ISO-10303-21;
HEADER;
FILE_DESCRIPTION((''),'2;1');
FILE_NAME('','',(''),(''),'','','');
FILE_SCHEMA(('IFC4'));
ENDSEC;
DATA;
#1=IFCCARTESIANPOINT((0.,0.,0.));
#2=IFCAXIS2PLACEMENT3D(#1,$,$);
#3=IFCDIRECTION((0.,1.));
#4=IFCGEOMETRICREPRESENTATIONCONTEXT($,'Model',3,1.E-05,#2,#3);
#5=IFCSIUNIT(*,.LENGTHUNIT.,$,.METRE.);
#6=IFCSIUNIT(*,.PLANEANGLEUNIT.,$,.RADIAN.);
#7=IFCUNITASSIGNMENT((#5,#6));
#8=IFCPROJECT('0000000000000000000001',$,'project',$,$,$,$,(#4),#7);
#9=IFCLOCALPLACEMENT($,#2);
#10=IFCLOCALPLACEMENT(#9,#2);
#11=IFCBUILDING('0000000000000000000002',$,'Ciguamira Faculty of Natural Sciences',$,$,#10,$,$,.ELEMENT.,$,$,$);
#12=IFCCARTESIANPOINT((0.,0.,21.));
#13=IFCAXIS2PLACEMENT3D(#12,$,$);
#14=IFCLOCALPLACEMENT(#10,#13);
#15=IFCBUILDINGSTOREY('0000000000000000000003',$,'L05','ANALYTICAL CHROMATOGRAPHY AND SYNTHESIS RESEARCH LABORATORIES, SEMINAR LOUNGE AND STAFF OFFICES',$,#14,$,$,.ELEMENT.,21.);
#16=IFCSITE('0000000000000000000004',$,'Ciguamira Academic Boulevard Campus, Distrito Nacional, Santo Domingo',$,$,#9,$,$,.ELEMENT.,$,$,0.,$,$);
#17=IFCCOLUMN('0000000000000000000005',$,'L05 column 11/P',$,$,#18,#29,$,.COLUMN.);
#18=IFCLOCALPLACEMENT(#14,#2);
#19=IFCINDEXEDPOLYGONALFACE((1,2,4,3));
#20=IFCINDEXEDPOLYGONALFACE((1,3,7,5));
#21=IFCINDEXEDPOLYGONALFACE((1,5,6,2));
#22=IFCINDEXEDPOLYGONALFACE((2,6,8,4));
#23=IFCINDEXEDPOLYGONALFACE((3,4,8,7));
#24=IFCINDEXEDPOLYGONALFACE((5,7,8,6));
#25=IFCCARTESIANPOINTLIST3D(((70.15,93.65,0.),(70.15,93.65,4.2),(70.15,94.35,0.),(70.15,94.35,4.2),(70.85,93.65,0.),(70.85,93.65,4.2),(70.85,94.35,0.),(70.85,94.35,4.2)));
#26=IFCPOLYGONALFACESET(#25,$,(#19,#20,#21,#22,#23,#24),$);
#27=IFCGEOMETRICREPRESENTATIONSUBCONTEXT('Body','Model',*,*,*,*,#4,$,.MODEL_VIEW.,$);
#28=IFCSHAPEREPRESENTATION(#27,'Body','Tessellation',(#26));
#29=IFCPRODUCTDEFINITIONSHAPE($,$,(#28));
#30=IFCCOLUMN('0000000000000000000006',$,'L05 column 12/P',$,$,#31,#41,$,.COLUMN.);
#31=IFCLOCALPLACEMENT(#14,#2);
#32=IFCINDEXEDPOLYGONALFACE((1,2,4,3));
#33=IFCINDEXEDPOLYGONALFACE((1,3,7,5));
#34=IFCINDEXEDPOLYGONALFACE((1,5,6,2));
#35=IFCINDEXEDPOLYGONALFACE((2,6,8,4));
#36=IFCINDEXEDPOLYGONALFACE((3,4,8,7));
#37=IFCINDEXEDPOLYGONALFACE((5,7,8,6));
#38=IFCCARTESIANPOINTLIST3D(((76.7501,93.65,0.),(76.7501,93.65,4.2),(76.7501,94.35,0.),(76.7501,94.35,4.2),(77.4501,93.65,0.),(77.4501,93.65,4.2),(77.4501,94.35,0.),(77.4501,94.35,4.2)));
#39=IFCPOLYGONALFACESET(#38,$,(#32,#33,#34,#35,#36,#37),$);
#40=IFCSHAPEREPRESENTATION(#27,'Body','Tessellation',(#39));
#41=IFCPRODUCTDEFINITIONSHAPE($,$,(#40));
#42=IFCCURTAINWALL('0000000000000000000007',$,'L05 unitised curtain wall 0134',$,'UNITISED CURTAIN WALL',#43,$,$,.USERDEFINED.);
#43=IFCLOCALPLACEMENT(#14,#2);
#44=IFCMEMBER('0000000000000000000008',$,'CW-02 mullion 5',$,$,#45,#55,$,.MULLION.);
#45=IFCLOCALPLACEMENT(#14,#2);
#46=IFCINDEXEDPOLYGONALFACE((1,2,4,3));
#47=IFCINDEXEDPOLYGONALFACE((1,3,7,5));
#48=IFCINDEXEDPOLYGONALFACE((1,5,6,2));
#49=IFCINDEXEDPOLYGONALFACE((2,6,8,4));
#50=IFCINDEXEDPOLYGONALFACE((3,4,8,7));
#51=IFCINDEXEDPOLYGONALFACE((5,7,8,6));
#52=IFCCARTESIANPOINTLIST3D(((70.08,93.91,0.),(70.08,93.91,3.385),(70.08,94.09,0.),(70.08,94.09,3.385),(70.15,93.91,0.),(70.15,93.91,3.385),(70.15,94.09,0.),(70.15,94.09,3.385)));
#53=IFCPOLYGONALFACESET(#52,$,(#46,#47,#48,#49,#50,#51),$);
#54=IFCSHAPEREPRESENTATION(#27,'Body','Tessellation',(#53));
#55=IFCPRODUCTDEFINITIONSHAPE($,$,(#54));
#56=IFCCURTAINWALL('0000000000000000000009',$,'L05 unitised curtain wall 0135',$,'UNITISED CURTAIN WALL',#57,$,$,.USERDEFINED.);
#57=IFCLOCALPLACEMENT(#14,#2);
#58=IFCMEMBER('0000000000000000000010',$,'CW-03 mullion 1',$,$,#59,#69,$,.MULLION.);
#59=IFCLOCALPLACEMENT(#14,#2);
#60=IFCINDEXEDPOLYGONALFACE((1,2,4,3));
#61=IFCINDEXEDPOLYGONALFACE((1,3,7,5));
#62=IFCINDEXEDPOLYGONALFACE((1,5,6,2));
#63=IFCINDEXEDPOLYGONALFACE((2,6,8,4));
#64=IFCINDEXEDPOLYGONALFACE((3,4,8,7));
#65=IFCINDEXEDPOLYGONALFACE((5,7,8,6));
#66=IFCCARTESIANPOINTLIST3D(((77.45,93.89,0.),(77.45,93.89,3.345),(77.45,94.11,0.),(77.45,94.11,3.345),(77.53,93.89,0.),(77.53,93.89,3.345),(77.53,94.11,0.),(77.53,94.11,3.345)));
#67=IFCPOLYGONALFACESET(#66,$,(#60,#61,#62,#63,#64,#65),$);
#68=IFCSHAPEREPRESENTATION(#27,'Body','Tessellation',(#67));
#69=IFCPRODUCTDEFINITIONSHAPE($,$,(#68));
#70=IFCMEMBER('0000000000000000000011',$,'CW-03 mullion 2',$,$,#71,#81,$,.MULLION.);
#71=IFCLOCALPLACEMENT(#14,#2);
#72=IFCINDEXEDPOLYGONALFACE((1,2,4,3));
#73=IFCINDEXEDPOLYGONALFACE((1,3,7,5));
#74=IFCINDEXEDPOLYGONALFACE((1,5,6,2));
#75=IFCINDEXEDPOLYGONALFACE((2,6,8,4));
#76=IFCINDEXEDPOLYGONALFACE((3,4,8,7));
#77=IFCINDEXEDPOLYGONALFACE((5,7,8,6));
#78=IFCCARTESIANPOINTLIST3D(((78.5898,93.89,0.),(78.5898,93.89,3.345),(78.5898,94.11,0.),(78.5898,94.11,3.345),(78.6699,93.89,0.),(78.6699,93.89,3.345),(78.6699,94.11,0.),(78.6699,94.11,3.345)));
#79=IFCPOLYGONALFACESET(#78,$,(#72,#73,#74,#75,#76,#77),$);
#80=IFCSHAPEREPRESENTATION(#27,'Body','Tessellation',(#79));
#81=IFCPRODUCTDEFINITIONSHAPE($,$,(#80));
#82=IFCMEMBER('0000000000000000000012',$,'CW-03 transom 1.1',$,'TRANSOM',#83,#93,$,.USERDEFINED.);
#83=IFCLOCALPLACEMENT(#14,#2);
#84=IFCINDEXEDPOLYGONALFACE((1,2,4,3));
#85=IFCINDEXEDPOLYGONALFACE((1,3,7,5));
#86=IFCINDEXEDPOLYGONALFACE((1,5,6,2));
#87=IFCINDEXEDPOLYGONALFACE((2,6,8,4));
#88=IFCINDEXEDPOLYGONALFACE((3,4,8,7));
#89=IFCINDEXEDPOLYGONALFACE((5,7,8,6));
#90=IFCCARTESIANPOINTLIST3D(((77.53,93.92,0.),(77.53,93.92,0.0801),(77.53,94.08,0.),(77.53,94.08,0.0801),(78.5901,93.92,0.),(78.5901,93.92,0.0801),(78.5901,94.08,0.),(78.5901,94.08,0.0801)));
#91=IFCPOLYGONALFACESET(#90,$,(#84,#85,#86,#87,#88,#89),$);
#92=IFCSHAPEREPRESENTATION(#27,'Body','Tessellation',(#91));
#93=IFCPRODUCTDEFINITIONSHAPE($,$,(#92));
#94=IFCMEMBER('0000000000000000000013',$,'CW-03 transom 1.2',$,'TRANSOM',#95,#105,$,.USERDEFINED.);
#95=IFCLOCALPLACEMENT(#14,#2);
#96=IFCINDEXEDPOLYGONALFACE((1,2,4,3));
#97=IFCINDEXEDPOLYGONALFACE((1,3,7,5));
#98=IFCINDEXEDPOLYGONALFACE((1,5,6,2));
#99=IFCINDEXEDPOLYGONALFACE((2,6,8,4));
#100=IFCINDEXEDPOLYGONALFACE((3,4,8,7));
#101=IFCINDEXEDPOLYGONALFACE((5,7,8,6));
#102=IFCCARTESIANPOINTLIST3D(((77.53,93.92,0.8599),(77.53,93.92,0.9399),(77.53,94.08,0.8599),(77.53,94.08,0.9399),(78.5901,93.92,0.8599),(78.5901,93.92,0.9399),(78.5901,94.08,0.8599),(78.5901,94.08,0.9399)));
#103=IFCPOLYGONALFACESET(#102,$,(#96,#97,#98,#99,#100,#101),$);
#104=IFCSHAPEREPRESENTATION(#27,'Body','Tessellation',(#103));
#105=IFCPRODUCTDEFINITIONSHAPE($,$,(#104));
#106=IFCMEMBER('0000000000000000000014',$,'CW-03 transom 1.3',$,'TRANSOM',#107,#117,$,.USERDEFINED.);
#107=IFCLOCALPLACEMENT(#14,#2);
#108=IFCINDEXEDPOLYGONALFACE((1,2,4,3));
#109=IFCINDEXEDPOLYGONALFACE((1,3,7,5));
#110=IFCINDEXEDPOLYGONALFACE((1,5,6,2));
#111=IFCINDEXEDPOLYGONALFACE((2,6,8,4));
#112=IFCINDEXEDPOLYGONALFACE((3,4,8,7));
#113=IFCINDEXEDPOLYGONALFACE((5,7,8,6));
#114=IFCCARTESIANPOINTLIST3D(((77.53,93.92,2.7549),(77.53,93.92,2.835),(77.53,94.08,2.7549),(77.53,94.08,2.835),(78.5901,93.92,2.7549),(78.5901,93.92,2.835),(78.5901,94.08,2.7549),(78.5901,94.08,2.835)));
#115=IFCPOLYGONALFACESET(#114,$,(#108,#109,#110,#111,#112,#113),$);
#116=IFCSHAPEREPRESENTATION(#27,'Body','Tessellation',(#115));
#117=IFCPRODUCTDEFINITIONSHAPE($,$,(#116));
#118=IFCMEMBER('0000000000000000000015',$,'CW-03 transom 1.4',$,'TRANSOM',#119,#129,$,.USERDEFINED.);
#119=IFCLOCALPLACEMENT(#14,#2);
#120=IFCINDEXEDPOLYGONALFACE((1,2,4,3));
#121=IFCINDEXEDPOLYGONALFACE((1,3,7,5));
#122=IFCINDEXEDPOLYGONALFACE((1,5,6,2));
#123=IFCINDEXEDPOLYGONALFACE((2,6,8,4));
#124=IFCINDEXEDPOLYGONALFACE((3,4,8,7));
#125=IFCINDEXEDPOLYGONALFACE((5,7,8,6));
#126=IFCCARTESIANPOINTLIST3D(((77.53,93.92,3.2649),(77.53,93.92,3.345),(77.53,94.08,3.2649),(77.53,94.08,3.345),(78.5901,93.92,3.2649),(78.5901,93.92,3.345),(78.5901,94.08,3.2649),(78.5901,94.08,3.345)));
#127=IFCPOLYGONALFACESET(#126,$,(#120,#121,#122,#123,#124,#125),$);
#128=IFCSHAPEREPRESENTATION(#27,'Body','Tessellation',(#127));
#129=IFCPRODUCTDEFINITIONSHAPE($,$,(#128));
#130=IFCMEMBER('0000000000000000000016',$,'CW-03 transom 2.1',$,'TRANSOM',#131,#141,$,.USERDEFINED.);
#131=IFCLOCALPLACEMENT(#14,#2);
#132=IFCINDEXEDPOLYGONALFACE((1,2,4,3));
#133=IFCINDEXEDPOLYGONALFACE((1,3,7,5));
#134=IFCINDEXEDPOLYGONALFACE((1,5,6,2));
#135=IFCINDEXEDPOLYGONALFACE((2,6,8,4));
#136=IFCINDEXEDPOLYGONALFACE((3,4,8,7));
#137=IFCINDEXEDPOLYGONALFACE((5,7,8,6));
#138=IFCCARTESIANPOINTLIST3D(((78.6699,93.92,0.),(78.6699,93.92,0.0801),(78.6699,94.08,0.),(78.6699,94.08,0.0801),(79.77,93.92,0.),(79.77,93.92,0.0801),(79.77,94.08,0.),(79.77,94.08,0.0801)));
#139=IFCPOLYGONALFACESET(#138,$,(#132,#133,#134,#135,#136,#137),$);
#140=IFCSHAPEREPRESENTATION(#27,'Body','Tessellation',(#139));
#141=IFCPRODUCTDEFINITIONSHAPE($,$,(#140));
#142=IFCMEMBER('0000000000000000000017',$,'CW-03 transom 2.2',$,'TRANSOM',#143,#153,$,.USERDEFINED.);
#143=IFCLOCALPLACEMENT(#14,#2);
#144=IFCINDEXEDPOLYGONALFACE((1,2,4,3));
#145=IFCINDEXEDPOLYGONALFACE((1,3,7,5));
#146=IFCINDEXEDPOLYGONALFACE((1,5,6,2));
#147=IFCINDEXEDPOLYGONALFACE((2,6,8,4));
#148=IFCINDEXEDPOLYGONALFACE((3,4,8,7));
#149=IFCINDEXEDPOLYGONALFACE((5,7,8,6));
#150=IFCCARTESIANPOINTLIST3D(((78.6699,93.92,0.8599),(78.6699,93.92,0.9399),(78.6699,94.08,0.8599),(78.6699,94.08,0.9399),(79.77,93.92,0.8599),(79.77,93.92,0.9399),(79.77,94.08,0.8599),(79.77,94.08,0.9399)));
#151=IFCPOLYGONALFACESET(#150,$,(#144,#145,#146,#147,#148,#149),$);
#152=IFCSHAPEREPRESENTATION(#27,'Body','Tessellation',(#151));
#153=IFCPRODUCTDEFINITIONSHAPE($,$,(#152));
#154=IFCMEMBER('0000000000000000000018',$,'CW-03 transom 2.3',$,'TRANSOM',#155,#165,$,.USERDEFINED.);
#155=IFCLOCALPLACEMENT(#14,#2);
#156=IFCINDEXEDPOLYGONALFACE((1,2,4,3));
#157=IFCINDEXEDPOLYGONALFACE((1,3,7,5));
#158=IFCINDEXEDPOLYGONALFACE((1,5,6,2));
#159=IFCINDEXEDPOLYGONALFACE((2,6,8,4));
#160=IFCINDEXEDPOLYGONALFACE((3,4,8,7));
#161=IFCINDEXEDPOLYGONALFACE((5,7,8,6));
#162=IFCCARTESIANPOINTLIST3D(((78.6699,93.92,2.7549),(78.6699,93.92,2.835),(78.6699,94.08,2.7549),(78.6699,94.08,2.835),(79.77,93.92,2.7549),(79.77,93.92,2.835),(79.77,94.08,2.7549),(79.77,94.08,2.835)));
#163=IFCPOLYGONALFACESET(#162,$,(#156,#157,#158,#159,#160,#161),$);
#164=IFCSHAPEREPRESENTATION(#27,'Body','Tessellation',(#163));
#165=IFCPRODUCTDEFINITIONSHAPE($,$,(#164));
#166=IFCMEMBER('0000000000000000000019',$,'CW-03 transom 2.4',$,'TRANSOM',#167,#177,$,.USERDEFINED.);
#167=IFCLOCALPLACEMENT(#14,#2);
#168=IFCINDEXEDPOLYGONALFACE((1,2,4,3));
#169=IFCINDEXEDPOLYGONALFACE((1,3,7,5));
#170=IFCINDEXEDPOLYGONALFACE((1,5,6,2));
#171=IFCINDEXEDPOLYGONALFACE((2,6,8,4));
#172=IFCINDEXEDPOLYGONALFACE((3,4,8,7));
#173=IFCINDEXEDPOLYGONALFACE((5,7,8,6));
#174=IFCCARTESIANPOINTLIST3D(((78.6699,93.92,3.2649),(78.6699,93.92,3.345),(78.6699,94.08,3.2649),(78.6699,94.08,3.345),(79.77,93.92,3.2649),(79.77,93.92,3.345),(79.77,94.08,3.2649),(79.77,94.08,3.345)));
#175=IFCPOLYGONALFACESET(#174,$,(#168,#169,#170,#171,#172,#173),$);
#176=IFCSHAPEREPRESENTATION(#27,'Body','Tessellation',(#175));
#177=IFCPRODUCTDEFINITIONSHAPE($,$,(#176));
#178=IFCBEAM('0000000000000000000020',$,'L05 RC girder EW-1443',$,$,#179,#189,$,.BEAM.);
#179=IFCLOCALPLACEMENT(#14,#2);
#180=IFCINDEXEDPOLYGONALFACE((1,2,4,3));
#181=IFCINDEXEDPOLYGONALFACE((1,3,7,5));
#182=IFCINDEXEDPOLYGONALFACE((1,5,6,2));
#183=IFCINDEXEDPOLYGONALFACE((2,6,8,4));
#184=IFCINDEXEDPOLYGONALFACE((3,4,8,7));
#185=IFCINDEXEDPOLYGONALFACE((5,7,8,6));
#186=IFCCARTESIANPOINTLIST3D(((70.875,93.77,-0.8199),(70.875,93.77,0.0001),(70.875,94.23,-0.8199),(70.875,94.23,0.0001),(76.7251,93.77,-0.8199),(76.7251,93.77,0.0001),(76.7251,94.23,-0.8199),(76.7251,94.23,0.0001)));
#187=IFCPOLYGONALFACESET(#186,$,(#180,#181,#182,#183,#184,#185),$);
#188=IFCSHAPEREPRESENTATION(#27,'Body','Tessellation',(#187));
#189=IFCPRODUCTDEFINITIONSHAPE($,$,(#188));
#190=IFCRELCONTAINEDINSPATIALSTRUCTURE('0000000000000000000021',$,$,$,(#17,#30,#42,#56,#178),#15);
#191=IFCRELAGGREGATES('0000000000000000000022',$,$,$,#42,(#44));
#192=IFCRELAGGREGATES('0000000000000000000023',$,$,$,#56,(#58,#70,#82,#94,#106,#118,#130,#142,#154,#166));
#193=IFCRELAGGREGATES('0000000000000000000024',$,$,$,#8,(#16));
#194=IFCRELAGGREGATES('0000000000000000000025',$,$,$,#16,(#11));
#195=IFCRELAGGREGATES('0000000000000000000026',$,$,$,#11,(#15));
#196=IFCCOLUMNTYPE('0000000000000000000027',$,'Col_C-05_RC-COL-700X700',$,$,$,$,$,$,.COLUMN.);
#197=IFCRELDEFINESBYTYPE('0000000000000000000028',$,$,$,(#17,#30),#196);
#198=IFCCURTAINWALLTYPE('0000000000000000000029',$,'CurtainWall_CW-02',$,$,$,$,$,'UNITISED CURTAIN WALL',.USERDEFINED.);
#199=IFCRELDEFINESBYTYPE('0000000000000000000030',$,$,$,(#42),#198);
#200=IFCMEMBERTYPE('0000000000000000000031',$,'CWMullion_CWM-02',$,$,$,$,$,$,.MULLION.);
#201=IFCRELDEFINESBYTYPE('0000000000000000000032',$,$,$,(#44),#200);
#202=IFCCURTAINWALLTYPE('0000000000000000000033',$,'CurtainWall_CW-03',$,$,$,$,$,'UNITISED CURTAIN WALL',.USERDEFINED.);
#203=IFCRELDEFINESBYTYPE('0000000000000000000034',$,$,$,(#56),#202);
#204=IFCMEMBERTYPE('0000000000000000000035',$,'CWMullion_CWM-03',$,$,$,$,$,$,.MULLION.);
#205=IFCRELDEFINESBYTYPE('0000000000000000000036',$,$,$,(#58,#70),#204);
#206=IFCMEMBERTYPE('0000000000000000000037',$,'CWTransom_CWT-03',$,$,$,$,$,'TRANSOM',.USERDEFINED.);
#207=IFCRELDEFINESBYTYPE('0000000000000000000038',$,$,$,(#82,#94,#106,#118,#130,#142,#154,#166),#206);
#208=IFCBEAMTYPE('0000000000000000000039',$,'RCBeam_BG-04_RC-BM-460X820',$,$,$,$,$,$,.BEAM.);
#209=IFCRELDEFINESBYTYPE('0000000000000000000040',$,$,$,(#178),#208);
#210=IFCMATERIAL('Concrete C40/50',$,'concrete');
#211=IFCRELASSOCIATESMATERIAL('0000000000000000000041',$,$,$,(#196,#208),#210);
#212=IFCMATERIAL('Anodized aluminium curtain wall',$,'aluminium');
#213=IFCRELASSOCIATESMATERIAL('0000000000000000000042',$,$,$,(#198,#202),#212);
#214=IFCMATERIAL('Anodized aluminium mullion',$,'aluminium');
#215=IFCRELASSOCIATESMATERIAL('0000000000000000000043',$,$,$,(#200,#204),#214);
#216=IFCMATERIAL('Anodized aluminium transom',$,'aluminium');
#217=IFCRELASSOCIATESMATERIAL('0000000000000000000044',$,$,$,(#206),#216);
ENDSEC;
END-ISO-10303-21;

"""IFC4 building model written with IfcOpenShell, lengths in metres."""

from ifc_helpers import new_model, si_unit, direction, frame, origin, origin_2d, place, context, subcontext, project, spatial, rectangle, extrude, material, material_profile, profile_set, type_object, element, aggregate, save


model = new_model("IFC4")

# Units and contexts
model_context = context("Model", 3, precision=1e-05, world=origin(), true_north=direction((0.0, 1.0)))
body_context = subcontext(model_context, "Body", "Model", "MODEL_VIEW")
ifc_project = project(units=[si_unit("LENGTHUNIT", "METRE"), si_unit("PLANEANGLEUNIT", "RADIAN")], contexts=[model_context])

# Site, building, storey
site_placement = place(None, origin())
site = spatial("IfcSite", under=ifc_project, at=site_placement, Name="Ciguamira Academic Boulevard Campus, Distrito Nacional, Santo Domingo", CompositionType="ELEMENT", RefElevation=0.0)
building_placement = place(site_placement, origin())
building = spatial("IfcBuilding", under=site, at=building_placement, Name="Ciguamira Faculty of Natural Sciences", CompositionType="ELEMENT")
storey_placement = place(building_placement, frame((0.0, 0.0, 21.0)))
storey = spatial("IfcBuildingStorey", under=building, at=storey_placement, Name="L05", Description="ANALYTICAL CHROMATOGRAPHY AND SYNTHESIS RESEARCH LABORATORIES, SEMINAR LOUNGE AND STAFF OFFICES", CompositionType="ELEMENT", Elevation=21.0)

# Columns
ifc_material_1 = material(Name="Concrete C40/50", Category="concrete")
ifc_material_profile_1 = material_profile(ifc_material_1, rectangle(XDim=0.7, YDim=0.7, at=origin_2d()), Name="RC-COL-700X700")
ifc_profile_set_1 = profile_set([ifc_material_profile_1], Name="Concrete C40/50")
column_type = type_object("IfcColumnType", Name="Col_C-05_RC-COL-700X700", PredefinedType="COLUMN", material=ifc_profile_set_1)
for number, where, z_axis, x_axis, name in (
    (1, (70.5, 94.0, 0.0), (0.0, 0.0, 1.0), (1.0, 0.0, 0.0), "L05 column 11/P"),
    (2, (77.1001, 94.0, 0.0), (0.0, 0.0, 1.0), (1.0, 0.0, 0.0), "L05 column 12/P"),
):
    element("IfcColumn", number, at=place(storey_placement, frame(where, z_axis=z_axis, x_axis=x_axis)), inside=storey, type_object=column_type, Name=name, PredefinedType="COLUMN", context=body_context, shape_type="SweptSolid", body=[
        extrude(rectangle(XDim=0.7, YDim=0.7, at=origin_2d()), origin(), (0.0, 0.0, 1.0), 4.2),
    ])

# Curtain wall, member
ifc_material_2 = material(Name="Anodized aluminium curtain wall", Category="aluminium")
curtain_wall_type_1 = type_object("IfcCurtainWallType", Name="CurtainWall_CW-02", ElementType="UNITISED CURTAIN WALL", PredefinedType="USERDEFINED", material=ifc_material_2)
curtain_wall_1_placement = place(storey_placement, origin())
curtain_wall_1 = element("IfcCurtainWall", 3, at=curtain_wall_1_placement, inside=storey, type_object=curtain_wall_type_1, Name="L05 unitised curtain wall 0134", ObjectType="UNITISED CURTAIN WALL", PredefinedType="USERDEFINED")
ifc_material_3 = material(Name="Anodized aluminium mullion", Category="aluminium")
ifc_material_profile_2 = material_profile(ifc_material_3, rectangle(XDim=0.0701, YDim=0.1799, at=origin_2d()), Name="ALU-MUL-70X180")
ifc_profile_set_2 = profile_set([ifc_material_profile_2], Name="Anodized aluminium mullion")
member_type_1 = type_object("IfcMemberType", Name="CWMullion_CWM-02", PredefinedType="MULLION", material=ifc_profile_set_2)
member_1_placement = place(storey_placement, frame((70.115, 94.0, 0.0), z_axis=(0.0, 0.0, 1.0), x_axis=(1.0, 0.0, 0.0)))
member_1 = element("IfcMember", 4, at=member_1_placement, type_object=member_type_1, Name="CW-02 mullion 5", PredefinedType="MULLION", context=body_context, shape_type="SweptSolid", body=[
    extrude(rectangle(XDim=0.0701, YDim=0.1799, at=origin_2d()), origin(), (0.0, 0.0, 1.0), 3.385),
])
aggregate(curtain_wall_1, [member_1])

# Curtain wall, members
curtain_wall_type_2 = type_object("IfcCurtainWallType", Name="CurtainWall_CW-03", ElementType="UNITISED CURTAIN WALL", PredefinedType="USERDEFINED", material=ifc_material_2)
curtain_wall_2_placement = place(storey_placement, origin())
curtain_wall_2 = element("IfcCurtainWall", 5, at=curtain_wall_2_placement, inside=storey, type_object=curtain_wall_type_2, Name="L05 unitised curtain wall 0135", ObjectType="UNITISED CURTAIN WALL", PredefinedType="USERDEFINED")
ifc_material_profile_3 = material_profile(ifc_material_3, rectangle(XDim=0.0801, YDim=0.22, at=origin_2d()), Name="ALU-MUL-80X220")
ifc_profile_set_3 = profile_set([ifc_material_profile_3], Name="Anodized aluminium mullion")
member_type_2 = type_object("IfcMemberType", Name="CWMullion_CWM-03", PredefinedType="MULLION", material=ifc_profile_set_3)
member_2_placement = place(storey_placement, frame((77.49, 94.0, 0.0), z_axis=(0.0, 0.0, 1.0), x_axis=(1.0, 0.0, 0.0)))
member_2 = element("IfcMember", 6, at=member_2_placement, type_object=member_type_2, Name="CW-03 mullion 1", PredefinedType="MULLION", context=body_context, shape_type="SweptSolid", body=[
    extrude(rectangle(XDim=0.0801, YDim=0.22, at=origin_2d()), origin(), (0.0, 0.0, 1.0), 3.345),
])
member_3_placement = place(storey_placement, frame((78.6299, 94.0, 0.0), z_axis=(0.0, 0.0, 1.0), x_axis=(1.0, 0.0, 0.0)))
member_3 = element("IfcMember", 7, at=member_3_placement, type_object=member_type_2, Name="CW-03 mullion 2", PredefinedType="MULLION", context=body_context, shape_type="SweptSolid", body=[
    extrude(rectangle(XDim=0.0801, YDim=0.22, at=origin_2d()), origin(), (0.0, 0.0, 1.0), 3.345),
])
ifc_material_4 = material(Name="Anodized aluminium transom", Category="aluminium")
ifc_material_profile_4 = material_profile(ifc_material_4, rectangle(XDim=0.0801, YDim=0.1599, at=origin_2d()), Name="ALU-TRN-80X160")
ifc_profile_set_4 = profile_set([ifc_material_profile_4], Name="Anodized aluminium transom")
member_type_3 = type_object("IfcMemberType", Name="CWTransom_CWT-03", ElementType="TRANSOM", PredefinedType="USERDEFINED", material=ifc_profile_set_4)
member_4_placement = place(storey_placement, frame((77.53, 94.0, 0.04), z_axis=(1.0, 0.0, 0.0), x_axis=(0.0, 0.0, 1.0)))
member_4 = element("IfcMember", 8, at=member_4_placement, type_object=member_type_3, Name="CW-03 transom 1.1", ObjectType="TRANSOM", PredefinedType="USERDEFINED", context=body_context, shape_type="SweptSolid", body=[
    extrude(rectangle(XDim=0.0801, YDim=0.1599, at=origin_2d()), origin(), (0.0, 0.0, 1.0), 1.0601),
])
member_5_placement = place(storey_placement, frame((77.53, 94.0, 0.8999), z_axis=(1.0, 0.0, 0.0), x_axis=(0.0, 0.0, 1.0)))
member_5 = element("IfcMember", 9, at=member_5_placement, type_object=member_type_3, Name="CW-03 transom 1.2", ObjectType="TRANSOM", PredefinedType="USERDEFINED", context=body_context, shape_type="SweptSolid", body=[
    extrude(rectangle(XDim=0.0801, YDim=0.1599, at=origin_2d()), origin(), (0.0, 0.0, 1.0), 1.0601),
])
member_6_placement = place(storey_placement, frame((77.53, 94.0, 2.7949), z_axis=(1.0, 0.0, 0.0), x_axis=(0.0, 0.0, 1.0)))
member_6 = element("IfcMember", 10, at=member_6_placement, type_object=member_type_3, Name="CW-03 transom 1.3", ObjectType="TRANSOM", PredefinedType="USERDEFINED", context=body_context, shape_type="SweptSolid", body=[
    extrude(rectangle(XDim=0.0801, YDim=0.1599, at=origin_2d()), origin(), (0.0, 0.0, 1.0), 1.0601),
])
member_7_placement = place(storey_placement, frame((77.53, 94.0, 3.3049), z_axis=(1.0, 0.0, 0.0), x_axis=(0.0, 0.0, 1.0)))
member_7 = element("IfcMember", 11, at=member_7_placement, type_object=member_type_3, Name="CW-03 transom 1.4", ObjectType="TRANSOM", PredefinedType="USERDEFINED", context=body_context, shape_type="SweptSolid", body=[
    extrude(rectangle(XDim=0.0801, YDim=0.1599, at=origin_2d()), origin(), (0.0, 0.0, 1.0), 1.0601),
])
member_8_placement = place(storey_placement, frame((78.6699, 94.0, 0.04), z_axis=(1.0, 0.0, 0.0), x_axis=(0.0, 0.0, 1.0)))
member_8 = element("IfcMember", 12, at=member_8_placement, type_object=member_type_3, Name="CW-03 transom 2.1", ObjectType="TRANSOM", PredefinedType="USERDEFINED", context=body_context, shape_type="SweptSolid", body=[
    extrude(rectangle(XDim=0.0801, YDim=0.1599, at=origin_2d()), origin(), (0.0, 0.0, 1.0), 1.1001),
])
member_9_placement = place(storey_placement, frame((78.6699, 94.0, 0.8999), z_axis=(1.0, 0.0, 0.0), x_axis=(0.0, 0.0, 1.0)))
member_9 = element("IfcMember", 13, at=member_9_placement, type_object=member_type_3, Name="CW-03 transom 2.2", ObjectType="TRANSOM", PredefinedType="USERDEFINED", context=body_context, shape_type="SweptSolid", body=[
    extrude(rectangle(XDim=0.0801, YDim=0.1599, at=origin_2d()), origin(), (0.0, 0.0, 1.0), 1.1001),
])
member_10_placement = place(storey_placement, frame((78.6699, 94.0, 2.7949), z_axis=(1.0, 0.0, 0.0), x_axis=(0.0, 0.0, 1.0)))
member_10 = element("IfcMember", 14, at=member_10_placement, type_object=member_type_3, Name="CW-03 transom 2.3", ObjectType="TRANSOM", PredefinedType="USERDEFINED", context=body_context, shape_type="SweptSolid", body=[
    extrude(rectangle(XDim=0.0801, YDim=0.1599, at=origin_2d()), origin(), (0.0, 0.0, 1.0), 1.1001),
])
member_11_placement = place(storey_placement, frame((78.6699, 94.0, 3.3049), z_axis=(1.0, 0.0, 0.0), x_axis=(0.0, 0.0, 1.0)))
member_11 = element("IfcMember", 15, at=member_11_placement, type_object=member_type_3, Name="CW-03 transom 2.4", ObjectType="TRANSOM", PredefinedType="USERDEFINED", context=body_context, shape_type="SweptSolid", body=[
    extrude(rectangle(XDim=0.0801, YDim=0.1599, at=origin_2d()), origin(), (0.0, 0.0, 1.0), 1.1001),
])

# Beam
ifc_material_profile_5 = material_profile(ifc_material_1, rectangle(XDim=0.46, YDim=0.8201, at=origin_2d()), Name="RC-BM-460X820")
ifc_profile_set_5 = profile_set([ifc_material_profile_5], Name="Concrete C40/50")
beam_type_1 = type_object("IfcBeamType", Name="RCBeam_BG-04_RC-BM-460X820", PredefinedType="BEAM", material=ifc_profile_set_5)
beam_1_placement = place(storey_placement, frame((70.875, 94.0, -0.4099), z_axis=(1.0, 0.0, 0.0), x_axis=(0.0, 1.0, 0.0)))
element("IfcBeam", 16, at=beam_1_placement, inside=storey, type_object=beam_type_1, Name="L05 RC girder EW-1443", PredefinedType="BEAM", context=body_context, shape_type="SweptSolid", body=[
    extrude(rectangle(XDim=0.46, YDim=0.8201, at=origin_2d()), origin(), (0.0, 0.0, 1.0), 5.8501),
])

aggregate(curtain_wall_2, [member_2, member_3, member_4, member_5, member_6, member_7, member_8, member_9, member_10, member_11])

save(model, "model.ifc")
